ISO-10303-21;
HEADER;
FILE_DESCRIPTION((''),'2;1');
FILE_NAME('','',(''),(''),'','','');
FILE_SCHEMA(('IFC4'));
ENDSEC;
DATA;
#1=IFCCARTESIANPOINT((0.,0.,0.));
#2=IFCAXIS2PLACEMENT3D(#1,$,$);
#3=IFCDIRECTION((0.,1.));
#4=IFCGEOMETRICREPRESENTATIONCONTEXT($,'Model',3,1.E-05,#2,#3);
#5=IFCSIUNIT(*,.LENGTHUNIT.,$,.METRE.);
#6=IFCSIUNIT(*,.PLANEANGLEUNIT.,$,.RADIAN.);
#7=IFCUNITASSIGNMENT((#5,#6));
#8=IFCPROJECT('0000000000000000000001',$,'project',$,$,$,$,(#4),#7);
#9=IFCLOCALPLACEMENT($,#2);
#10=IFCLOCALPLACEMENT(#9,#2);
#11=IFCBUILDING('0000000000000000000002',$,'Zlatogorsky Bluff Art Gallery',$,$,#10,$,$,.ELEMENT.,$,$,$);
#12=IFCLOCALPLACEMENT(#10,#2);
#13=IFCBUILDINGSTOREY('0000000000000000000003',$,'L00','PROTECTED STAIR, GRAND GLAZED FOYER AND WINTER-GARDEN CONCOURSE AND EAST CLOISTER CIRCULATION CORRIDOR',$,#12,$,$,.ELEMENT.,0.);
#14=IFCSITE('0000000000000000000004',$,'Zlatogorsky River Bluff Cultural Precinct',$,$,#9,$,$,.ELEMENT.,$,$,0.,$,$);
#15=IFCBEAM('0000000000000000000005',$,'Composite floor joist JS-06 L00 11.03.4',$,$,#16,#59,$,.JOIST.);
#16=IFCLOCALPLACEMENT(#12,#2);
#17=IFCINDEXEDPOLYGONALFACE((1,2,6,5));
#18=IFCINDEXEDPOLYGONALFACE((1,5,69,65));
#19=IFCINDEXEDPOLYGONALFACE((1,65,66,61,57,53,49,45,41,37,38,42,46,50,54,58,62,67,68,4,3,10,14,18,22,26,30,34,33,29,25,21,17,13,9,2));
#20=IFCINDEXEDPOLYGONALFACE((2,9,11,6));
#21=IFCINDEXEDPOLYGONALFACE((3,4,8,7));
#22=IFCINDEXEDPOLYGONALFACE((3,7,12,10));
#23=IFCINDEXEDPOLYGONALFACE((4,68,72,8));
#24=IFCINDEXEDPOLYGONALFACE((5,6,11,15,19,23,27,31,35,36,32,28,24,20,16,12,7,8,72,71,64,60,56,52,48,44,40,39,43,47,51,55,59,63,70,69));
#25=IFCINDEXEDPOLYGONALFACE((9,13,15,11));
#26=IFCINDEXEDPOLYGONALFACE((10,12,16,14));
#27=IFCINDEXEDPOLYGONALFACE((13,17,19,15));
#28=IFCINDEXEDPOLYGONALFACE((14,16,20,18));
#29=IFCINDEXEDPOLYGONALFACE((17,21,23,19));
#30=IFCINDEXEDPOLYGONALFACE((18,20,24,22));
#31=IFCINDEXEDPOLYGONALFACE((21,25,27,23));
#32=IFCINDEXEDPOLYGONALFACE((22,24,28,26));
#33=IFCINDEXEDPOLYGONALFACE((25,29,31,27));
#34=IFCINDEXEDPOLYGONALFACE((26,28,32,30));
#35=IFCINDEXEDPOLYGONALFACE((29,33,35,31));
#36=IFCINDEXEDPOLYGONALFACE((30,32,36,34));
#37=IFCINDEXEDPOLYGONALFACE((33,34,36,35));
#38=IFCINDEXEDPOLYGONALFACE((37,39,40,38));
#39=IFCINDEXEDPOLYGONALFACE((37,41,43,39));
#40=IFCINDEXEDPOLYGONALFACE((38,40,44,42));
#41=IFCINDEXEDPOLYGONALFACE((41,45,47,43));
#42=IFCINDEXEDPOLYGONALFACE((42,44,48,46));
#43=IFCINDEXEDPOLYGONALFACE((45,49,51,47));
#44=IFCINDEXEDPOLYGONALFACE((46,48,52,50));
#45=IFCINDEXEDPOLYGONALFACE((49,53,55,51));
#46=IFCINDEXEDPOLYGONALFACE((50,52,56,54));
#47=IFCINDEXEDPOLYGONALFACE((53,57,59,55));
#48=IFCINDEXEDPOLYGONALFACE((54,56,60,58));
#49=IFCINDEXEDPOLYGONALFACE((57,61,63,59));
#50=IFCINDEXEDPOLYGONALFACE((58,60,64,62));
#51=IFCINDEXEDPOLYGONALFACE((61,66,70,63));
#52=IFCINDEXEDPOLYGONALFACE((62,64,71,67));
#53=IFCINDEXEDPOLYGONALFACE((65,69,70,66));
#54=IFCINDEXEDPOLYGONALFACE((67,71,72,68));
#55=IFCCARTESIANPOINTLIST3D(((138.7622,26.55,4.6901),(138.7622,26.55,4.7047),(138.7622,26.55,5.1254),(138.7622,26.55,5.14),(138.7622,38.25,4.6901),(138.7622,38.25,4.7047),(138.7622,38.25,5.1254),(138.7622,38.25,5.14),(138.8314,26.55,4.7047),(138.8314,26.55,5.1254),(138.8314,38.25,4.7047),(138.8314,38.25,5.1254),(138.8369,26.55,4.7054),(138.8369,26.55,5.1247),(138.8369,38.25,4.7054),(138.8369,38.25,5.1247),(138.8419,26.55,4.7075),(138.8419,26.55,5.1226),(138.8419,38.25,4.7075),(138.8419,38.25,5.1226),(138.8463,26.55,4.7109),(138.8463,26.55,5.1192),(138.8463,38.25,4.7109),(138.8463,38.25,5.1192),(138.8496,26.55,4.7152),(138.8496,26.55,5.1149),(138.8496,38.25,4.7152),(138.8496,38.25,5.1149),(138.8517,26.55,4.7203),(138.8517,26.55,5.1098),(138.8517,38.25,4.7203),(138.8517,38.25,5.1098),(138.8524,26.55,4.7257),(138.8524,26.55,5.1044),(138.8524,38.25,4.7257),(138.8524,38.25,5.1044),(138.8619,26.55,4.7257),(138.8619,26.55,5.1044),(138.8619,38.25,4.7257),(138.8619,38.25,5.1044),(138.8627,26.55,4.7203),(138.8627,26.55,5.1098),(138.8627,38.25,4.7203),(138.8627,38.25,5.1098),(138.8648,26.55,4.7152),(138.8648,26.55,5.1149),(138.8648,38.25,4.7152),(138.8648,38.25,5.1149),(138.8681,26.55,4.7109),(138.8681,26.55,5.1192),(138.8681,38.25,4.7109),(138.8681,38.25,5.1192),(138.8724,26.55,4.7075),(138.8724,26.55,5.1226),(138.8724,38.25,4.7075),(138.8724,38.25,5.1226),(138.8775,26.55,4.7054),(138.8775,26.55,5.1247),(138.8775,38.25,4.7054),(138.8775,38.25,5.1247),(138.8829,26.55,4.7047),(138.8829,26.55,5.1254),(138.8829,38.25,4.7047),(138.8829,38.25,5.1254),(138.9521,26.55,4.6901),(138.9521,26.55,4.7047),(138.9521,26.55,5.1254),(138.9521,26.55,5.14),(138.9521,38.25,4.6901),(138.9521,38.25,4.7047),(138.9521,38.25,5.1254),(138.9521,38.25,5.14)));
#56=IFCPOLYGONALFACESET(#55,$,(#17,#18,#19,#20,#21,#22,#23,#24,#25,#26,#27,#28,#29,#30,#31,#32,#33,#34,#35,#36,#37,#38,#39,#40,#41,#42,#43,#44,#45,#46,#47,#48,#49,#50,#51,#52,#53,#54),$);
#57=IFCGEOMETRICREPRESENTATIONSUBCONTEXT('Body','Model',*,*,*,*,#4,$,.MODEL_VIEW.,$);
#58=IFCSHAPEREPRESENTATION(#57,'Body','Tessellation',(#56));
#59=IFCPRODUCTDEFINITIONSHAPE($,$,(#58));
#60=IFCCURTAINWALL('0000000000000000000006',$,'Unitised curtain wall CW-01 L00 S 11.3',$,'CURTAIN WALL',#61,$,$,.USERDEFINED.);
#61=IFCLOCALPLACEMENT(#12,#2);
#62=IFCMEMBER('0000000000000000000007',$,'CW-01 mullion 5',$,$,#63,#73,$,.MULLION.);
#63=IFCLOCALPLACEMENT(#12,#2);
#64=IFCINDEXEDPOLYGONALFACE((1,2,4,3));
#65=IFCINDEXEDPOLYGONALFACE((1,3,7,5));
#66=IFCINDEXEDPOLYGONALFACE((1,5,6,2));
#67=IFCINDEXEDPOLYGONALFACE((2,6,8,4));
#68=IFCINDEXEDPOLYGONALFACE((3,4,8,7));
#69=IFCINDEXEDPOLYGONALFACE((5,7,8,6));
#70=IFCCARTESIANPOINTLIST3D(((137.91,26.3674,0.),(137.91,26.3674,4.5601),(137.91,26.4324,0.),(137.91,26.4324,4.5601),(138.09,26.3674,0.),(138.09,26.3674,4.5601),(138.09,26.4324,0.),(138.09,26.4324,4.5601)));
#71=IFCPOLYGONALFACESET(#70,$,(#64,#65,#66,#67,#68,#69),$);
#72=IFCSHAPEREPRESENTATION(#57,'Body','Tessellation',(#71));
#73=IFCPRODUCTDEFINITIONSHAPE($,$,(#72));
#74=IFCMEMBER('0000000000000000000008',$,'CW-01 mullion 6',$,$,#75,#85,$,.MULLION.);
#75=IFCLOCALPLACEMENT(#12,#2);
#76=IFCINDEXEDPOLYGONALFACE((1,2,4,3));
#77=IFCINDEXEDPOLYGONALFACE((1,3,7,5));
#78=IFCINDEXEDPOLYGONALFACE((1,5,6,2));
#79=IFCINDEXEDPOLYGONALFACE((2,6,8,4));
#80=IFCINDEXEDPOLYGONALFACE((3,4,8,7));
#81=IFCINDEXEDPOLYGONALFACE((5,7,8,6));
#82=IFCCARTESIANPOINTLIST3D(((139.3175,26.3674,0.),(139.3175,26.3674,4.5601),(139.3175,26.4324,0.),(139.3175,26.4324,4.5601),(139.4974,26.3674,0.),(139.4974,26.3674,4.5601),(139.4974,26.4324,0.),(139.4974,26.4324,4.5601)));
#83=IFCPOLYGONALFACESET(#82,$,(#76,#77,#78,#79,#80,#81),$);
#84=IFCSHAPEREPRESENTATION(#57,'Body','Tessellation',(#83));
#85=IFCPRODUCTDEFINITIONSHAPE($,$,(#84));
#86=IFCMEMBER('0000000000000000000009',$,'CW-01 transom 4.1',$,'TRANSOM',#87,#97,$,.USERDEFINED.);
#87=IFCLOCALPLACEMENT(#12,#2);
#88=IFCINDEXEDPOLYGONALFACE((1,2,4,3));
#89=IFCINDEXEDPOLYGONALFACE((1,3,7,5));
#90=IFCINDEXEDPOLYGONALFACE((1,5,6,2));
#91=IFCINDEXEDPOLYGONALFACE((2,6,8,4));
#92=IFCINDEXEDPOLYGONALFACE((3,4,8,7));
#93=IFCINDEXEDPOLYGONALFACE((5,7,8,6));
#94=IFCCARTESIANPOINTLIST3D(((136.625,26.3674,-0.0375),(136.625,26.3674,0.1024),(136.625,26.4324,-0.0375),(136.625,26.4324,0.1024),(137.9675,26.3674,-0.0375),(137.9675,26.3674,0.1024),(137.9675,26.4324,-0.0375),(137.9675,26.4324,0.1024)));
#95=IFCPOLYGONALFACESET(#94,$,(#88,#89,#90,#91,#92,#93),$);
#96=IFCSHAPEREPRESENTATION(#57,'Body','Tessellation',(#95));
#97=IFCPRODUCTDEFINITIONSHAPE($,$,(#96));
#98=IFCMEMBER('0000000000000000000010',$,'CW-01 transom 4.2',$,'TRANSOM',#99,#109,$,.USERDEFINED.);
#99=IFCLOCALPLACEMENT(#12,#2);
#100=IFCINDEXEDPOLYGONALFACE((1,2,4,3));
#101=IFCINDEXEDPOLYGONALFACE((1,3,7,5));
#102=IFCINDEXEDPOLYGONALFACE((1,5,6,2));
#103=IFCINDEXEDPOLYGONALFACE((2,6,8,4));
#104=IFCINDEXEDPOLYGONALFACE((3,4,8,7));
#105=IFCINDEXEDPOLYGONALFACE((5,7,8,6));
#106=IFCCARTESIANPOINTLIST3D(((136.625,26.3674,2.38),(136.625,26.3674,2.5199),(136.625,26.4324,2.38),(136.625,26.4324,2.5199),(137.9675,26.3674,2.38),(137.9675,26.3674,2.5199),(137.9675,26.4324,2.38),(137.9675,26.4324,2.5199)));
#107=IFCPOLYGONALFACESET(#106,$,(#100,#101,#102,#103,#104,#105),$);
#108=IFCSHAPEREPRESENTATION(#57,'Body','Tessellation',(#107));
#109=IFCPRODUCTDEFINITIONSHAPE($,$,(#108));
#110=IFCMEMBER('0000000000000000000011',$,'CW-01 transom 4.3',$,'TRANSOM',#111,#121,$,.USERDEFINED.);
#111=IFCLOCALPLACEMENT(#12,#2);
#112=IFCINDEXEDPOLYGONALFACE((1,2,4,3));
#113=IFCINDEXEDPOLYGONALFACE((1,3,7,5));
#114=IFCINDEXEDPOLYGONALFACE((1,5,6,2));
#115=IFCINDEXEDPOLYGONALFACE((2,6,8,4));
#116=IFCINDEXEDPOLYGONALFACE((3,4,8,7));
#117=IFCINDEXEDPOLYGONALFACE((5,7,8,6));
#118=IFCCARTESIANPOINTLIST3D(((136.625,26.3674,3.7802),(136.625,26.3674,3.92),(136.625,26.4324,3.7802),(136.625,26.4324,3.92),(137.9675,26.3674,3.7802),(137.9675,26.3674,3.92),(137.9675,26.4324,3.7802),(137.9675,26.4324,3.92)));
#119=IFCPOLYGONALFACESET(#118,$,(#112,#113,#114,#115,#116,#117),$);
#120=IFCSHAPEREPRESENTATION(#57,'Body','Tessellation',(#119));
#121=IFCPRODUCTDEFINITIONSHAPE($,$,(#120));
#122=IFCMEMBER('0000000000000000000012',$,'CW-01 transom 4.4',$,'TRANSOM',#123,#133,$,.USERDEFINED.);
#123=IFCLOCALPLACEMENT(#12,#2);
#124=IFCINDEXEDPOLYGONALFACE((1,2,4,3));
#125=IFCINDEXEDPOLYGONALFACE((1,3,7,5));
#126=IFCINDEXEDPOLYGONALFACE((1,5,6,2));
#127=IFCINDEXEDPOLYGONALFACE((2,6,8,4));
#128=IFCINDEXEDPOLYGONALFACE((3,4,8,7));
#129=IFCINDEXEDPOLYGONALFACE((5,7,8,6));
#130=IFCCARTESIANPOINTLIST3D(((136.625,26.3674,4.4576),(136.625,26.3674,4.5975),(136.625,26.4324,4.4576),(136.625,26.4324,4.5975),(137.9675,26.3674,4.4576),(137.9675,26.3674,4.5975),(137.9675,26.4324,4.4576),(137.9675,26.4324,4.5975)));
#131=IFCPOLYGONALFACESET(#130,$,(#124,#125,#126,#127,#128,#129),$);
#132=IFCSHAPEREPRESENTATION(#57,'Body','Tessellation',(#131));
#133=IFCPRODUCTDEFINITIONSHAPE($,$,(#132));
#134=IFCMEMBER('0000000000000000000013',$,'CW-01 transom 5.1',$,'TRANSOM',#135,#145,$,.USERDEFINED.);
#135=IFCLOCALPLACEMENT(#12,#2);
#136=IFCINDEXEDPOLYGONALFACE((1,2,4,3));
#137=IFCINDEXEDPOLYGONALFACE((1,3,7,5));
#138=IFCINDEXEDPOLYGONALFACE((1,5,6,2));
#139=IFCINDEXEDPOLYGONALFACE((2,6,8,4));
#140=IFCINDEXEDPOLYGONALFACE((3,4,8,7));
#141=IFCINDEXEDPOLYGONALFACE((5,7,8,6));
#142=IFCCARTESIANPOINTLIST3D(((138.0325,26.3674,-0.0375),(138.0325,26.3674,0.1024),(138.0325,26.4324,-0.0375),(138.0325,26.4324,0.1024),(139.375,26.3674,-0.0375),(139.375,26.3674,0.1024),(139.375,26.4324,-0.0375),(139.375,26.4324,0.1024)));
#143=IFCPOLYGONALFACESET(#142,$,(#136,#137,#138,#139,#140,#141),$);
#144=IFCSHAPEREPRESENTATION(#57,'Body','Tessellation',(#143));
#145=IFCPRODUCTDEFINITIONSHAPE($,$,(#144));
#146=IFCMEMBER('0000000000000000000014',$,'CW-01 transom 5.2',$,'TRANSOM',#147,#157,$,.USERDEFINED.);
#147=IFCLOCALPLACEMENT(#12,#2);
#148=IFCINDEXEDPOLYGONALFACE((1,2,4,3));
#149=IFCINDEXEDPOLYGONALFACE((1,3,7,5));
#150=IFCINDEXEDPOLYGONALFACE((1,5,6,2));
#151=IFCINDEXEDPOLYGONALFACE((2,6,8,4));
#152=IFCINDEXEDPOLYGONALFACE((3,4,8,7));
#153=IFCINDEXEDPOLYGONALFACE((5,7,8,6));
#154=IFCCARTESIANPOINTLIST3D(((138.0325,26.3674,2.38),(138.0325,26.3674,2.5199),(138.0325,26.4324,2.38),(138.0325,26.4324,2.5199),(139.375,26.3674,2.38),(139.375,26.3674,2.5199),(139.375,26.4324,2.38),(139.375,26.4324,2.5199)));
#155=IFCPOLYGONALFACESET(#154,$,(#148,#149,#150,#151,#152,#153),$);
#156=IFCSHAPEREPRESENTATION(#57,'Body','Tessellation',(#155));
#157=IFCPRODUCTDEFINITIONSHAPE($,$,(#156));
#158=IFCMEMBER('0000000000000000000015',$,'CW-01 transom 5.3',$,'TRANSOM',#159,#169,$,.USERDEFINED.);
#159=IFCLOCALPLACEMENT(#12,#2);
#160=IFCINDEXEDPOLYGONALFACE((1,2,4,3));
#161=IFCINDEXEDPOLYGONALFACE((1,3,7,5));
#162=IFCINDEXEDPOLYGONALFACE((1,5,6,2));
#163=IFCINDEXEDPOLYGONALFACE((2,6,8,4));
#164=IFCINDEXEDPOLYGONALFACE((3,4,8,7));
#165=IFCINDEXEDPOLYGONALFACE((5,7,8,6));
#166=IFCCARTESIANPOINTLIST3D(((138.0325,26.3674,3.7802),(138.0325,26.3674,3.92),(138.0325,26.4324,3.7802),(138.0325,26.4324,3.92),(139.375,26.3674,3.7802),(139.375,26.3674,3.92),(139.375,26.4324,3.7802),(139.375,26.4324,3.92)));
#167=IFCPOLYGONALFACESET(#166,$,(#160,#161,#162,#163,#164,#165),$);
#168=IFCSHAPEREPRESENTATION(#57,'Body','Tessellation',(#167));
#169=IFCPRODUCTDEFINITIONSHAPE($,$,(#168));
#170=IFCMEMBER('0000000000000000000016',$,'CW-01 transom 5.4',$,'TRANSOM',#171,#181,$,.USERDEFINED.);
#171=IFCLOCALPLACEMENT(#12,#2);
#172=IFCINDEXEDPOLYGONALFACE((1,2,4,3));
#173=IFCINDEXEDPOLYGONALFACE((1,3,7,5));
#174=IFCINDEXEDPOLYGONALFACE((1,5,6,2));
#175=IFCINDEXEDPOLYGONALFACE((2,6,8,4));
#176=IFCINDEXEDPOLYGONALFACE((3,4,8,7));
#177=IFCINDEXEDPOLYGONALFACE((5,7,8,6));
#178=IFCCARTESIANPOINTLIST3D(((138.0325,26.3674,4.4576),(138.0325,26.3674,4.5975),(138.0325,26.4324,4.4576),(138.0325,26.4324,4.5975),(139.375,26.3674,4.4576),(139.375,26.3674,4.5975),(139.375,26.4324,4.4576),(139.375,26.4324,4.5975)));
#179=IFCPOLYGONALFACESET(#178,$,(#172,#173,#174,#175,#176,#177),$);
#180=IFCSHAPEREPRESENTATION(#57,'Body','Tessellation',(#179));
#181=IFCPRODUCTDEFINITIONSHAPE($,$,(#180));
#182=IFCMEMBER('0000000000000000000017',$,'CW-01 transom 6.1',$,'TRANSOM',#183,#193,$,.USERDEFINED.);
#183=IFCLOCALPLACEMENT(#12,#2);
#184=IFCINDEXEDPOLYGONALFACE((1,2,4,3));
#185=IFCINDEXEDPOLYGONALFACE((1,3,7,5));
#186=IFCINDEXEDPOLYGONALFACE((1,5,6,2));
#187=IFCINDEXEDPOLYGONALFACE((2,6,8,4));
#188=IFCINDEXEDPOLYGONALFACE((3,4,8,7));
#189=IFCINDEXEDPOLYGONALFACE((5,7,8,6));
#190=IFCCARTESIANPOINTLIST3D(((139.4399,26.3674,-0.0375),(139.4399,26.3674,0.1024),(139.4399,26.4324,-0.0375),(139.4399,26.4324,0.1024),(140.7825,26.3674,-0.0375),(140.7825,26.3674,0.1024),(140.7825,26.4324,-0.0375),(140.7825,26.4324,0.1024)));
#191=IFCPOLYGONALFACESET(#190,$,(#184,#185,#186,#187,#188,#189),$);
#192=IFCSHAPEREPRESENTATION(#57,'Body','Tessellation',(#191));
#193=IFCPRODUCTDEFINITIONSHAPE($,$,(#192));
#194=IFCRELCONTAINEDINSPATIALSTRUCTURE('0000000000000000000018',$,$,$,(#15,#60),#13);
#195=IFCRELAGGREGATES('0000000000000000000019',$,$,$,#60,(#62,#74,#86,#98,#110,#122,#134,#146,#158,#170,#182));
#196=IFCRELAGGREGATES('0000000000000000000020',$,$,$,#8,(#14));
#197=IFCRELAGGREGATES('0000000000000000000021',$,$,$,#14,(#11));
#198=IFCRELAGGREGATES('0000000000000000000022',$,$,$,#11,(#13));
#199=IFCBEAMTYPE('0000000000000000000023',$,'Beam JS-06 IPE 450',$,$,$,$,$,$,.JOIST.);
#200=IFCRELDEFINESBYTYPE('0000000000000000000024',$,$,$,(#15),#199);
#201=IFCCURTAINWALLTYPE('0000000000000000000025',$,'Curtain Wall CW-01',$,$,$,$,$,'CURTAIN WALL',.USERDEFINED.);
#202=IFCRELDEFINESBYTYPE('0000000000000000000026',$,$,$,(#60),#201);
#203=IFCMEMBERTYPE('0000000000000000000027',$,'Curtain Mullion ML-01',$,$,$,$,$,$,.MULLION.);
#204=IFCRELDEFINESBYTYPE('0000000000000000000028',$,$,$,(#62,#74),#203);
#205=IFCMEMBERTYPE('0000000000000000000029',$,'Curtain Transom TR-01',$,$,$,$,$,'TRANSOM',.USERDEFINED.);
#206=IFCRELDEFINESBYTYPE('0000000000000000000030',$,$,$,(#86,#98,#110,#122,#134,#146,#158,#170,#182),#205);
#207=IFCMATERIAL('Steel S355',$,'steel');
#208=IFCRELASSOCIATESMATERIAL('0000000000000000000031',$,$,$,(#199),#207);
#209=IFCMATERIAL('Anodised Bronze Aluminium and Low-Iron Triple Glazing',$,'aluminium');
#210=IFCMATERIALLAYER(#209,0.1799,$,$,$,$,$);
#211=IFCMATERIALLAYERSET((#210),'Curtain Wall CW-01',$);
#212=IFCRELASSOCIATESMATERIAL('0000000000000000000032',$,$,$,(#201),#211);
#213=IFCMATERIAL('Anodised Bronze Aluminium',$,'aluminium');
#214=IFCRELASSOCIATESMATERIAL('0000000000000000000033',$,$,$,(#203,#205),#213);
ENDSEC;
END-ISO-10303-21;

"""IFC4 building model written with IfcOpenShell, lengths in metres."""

from ifc_helpers import new_model, si_unit, direction, frame, origin, origin_2d, place, context, subcontext, project, spatial, rectangle, i_section, extrude, material, layer, layer_set, material_profile, profile_set, type_object, element, aggregate, save


model = new_model("IFC4")

# Units and contexts
model_context = context("Model", 3, precision=1e-05, world=origin(), true_north=direction((0.0, 1.0)))
body_context = subcontext(model_context, "Body", "Model", "MODEL_VIEW")
ifc_project = project(units=[si_unit("LENGTHUNIT", "METRE"), si_unit("PLANEANGLEUNIT", "RADIAN")], contexts=[model_context])

# Site, building, storey
site_placement = place(None, origin())
site = spatial("IfcSite", under=ifc_project, at=site_placement, Name="Zlatogorsky River Bluff Cultural Precinct", CompositionType="ELEMENT", RefElevation=0.0)
building_placement = place(site_placement, origin())
building = spatial("IfcBuilding", under=site, at=building_placement, Name="Zlatogorsky Bluff Art Gallery", CompositionType="ELEMENT")
storey_placement = place(building_placement, origin())
storey = spatial("IfcBuildingStorey", under=building, at=storey_placement, Name="L00", Description="PROTECTED STAIR, GRAND GLAZED FOYER AND WINTER-GARDEN CONCOURSE AND EAST CLOISTER CIRCULATION CORRIDOR", CompositionType="ELEMENT", Elevation=0.0)

# Beam
ifc_material_1 = material(Name="Steel S355", Category="steel")
ifc_material_profile_1 = material_profile(ifc_material_1, i_section(OverallWidth=0.1899, OverallDepth=0.45, WebThickness=0.0095, FlangeThickness=0.0146, FilletRadius=0.021, at=origin_2d()), Name="IPE 450")
ifc_profile_set_1 = profile_set([ifc_material_profile_1], Name="Steel S355")
beam_type_1 = type_object("IfcBeamType", Name="Beam JS-06 IPE 450", PredefinedType="JOIST", material=ifc_profile_set_1)
for number, where, z_axis, x_axis, name in (
    (1, (138.8572, 26.55, 4.915), (0.0, 1.0, 0.0), (-1.0, 0.0, 0.0), "Composite floor joist JS-06 L00 11.03.4"),
):
    element("IfcBeam", number, at=place(storey_placement, frame(where, z_axis=z_axis, x_axis=x_axis)), inside=storey, type_object=beam_type_1, Name=name, PredefinedType="JOIST", context=body_context, shape_type="SweptSolid", body=[
        extrude(i_section(OverallWidth=0.1899, OverallDepth=0.45, WebThickness=0.0095, FlangeThickness=0.0146, FilletRadius=0.021, at=origin_2d()), origin(), (0.0, 0.0, 1.0), 11.7),
    ])

# Curtain wall, members
ifc_material_2 = material(Name="Anodised Bronze Aluminium and Low-Iron Triple Glazing", Category="aluminium")
ifc_layer_1 = layer(ifc_material_2, 0.1799)
ifc_layer_set_1 = layer_set([ifc_layer_1], Name="Curtain Wall CW-01")
curtain_wall_type = type_object("IfcCurtainWallType", Name="Curtain Wall CW-01", ElementType="CURTAIN WALL", PredefinedType="USERDEFINED", material=ifc_layer_set_1)
curtain_wall_placement = place(storey_placement, origin())
curtain_wall = element("IfcCurtainWall", 2, at=curtain_wall_placement, inside=storey, type_object=curtain_wall_type, Name="Unitised curtain wall CW-01 L00 S 11.3", ObjectType="CURTAIN WALL", PredefinedType="USERDEFINED")
ifc_material_3 = material(Name="Anodised Bronze Aluminium", Category="aluminium")
ifc_material_profile_2 = material_profile(ifc_material_3, rectangle(XDim=0.0649, YDim=0.1799, at=origin_2d()), Name="ALU MULLION 65x180")
ifc_profile_set_2 = profile_set([ifc_material_profile_2], Name="Anodised Bronze Aluminium")
member_type_1 = type_object("IfcMemberType", Name="Curtain Mullion ML-01", PredefinedType="MULLION", material=ifc_profile_set_2)
member_1_placement = place(storey_placement, frame((138.0, 26.3999, 0.0), z_axis=(0.0, 0.0, 1.0), x_axis=(0.0, 1.0, 0.0)))
member_1 = element("IfcMember", 3, at=member_1_placement, type_object=member_type_1, Name="CW-01 mullion 5", PredefinedType="MULLION", context=body_context, shape_type="SweptSolid", body=[
    extrude(rectangle(XDim=0.0649, YDim=0.1799, at=origin_2d()), origin(), (0.0, 0.0, 1.0), 4.5601),
])
member_2_placement = place(storey_placement, frame((139.4075, 26.3999, 0.0), z_axis=(0.0, 0.0, 1.0), x_axis=(0.0, 1.0, 0.0)))
member_2 = element("IfcMember", 4, at=member_2_placement, type_object=member_type_1, Name="CW-01 mullion 6", PredefinedType="MULLION", context=body_context, shape_type="SweptSolid", body=[
    extrude(rectangle(XDim=0.0649, YDim=0.1799, at=origin_2d()), origin(), (0.0, 0.0, 1.0), 4.5601),
])
ifc_material_profile_3 = material_profile(ifc_material_3, rectangle(XDim=0.0649, YDim=0.1399, at=origin_2d()), Name="ALU TRANSOM 65x140")
ifc_profile_set_3 = profile_set([ifc_material_profile_3], Name="Anodised Bronze Aluminium")
member_type_2 = type_object("IfcMemberType", Name="Curtain Transom TR-01", ElementType="TRANSOM", PredefinedType="USERDEFINED", material=ifc_profile_set_3)
member_3_placement = place(storey_placement, frame((136.625, 26.3999, 0.0325), z_axis=(1.0, 0.0, 0.0), x_axis=(0.0, 1.0, 0.0)))
member_3 = element("IfcMember", 5, at=member_3_placement, type_object=member_type_2, Name="CW-01 transom 4.1", ObjectType="TRANSOM", PredefinedType="USERDEFINED", context=body_context, shape_type="SweptSolid", body=[
    extrude(rectangle(XDim=0.0649, YDim=0.1399, at=origin_2d()), origin(), (0.0, 0.0, 1.0), 1.3425),
])
member_4_placement = place(storey_placement, frame((136.625, 26.3999, 2.45), z_axis=(1.0, 0.0, 0.0), x_axis=(0.0, 1.0, 0.0)))
member_4 = element("IfcMember", 6, at=member_4_placement, type_object=member_type_2, Name="CW-01 transom 4.2", ObjectType="TRANSOM", PredefinedType="USERDEFINED", context=body_context, shape_type="SweptSolid", body=[
    extrude(rectangle(XDim=0.0649, YDim=0.1399, at=origin_2d()), origin(), (0.0, 0.0, 1.0), 1.3425),
])
member_5_placement = place(storey_placement, frame((136.625, 26.3999, 3.8501), z_axis=(1.0, 0.0, 0.0), x_axis=(0.0, 1.0, 0.0)))
member_5 = element("IfcMember", 7, at=member_5_placement, type_object=member_type_2, Name="CW-01 transom 4.3", ObjectType="TRANSOM", PredefinedType="USERDEFINED", context=body_context, shape_type="SweptSolid", body=[
    extrude(rectangle(XDim=0.0649, YDim=0.1399, at=origin_2d()), origin(), (0.0, 0.0, 1.0), 1.3425),
])
member_6_placement = place(storey_placement, frame((136.625, 26.3999, 4.5276), z_axis=(1.0, 0.0, 0.0), x_axis=(0.0, 1.0, 0.0)))
member_6 = element("IfcMember", 8, at=member_6_placement, type_object=member_type_2, Name="CW-01 transom 4.4", ObjectType="TRANSOM", PredefinedType="USERDEFINED", context=body_context, shape_type="SweptSolid", body=[
    extrude(rectangle(XDim=0.0649, YDim=0.1399, at=origin_2d()), origin(), (0.0, 0.0, 1.0), 1.3425),
])
member_7_placement = place(storey_placement, frame((138.0325, 26.3999, 0.0325), z_axis=(1.0, 0.0, 0.0), x_axis=(0.0, 1.0, 0.0)))
member_7 = element("IfcMember", 9, at=member_7_placement, type_object=member_type_2, Name="CW-01 transom 5.1", ObjectType="TRANSOM", PredefinedType="USERDEFINED", context=body_context, shape_type="SweptSolid", body=[
    extrude(rectangle(XDim=0.0649, YDim=0.1399, at=origin_2d()), origin(), (0.0, 0.0, 1.0), 1.3425),
])
member_8_placement = place(storey_placement, frame((138.0325, 26.3999, 2.45), z_axis=(1.0, 0.0, 0.0), x_axis=(0.0, 1.0, 0.0)))
member_8 = element("IfcMember", 10, at=member_8_placement, type_object=member_type_2, Name="CW-01 transom 5.2", ObjectType="TRANSOM", PredefinedType="USERDEFINED", context=body_context, shape_type="SweptSolid", body=[
    extrude(rectangle(XDim=0.0649, YDim=0.1399, at=origin_2d()), origin(), (0.0, 0.0, 1.0), 1.3425),
])
member_9_placement = place(storey_placement, frame((138.0325, 26.3999, 3.8501), z_axis=(1.0, 0.0, 0.0), x_axis=(0.0, 1.0, 0.0)))
member_9 = element("IfcMember", 11, at=member_9_placement, type_object=member_type_2, Name="CW-01 transom 5.3", ObjectType="TRANSOM", PredefinedType="USERDEFINED", context=body_context, shape_type="SweptSolid", body=[
    extrude(rectangle(XDim=0.0649, YDim=0.1399, at=origin_2d()), origin(), (0.0, 0.0, 1.0), 1.3425),
])
member_10_placement = place(storey_placement, frame((138.0325, 26.3999, 4.5276), z_axis=(1.0, 0.0, 0.0), x_axis=(0.0, 1.0, 0.0)))
member_10 = element("IfcMember", 12, at=member_10_placement, type_object=member_type_2, Name="CW-01 transom 5.4", ObjectType="TRANSOM", PredefinedType="USERDEFINED", context=body_context, shape_type="SweptSolid", body=[
    extrude(rectangle(XDim=0.0649, YDim=0.1399, at=origin_2d()), origin(), (0.0, 0.0, 1.0), 1.3425),
])
member_11_placement = place(storey_placement, frame((139.4399, 26.3999, 0.0325), z_axis=(1.0, 0.0, 0.0), x_axis=(0.0, 1.0, 0.0)))
member_11 = element("IfcMember", 13, at=member_11_placement, type_object=member_type_2, Name="CW-01 transom 6.1", ObjectType="TRANSOM", PredefinedType="USERDEFINED", context=body_context, shape_type="SweptSolid", body=[
    extrude(rectangle(XDim=0.0649, YDim=0.1399, at=origin_2d()), origin(), (0.0, 0.0, 1.0), 1.3425),
])

aggregate(curtain_wall, [member_1, member_2, member_3, member_4, member_5, member_6, member_7, member_8, member_9, member_10, member_11])

save(model, "model.ifc")
